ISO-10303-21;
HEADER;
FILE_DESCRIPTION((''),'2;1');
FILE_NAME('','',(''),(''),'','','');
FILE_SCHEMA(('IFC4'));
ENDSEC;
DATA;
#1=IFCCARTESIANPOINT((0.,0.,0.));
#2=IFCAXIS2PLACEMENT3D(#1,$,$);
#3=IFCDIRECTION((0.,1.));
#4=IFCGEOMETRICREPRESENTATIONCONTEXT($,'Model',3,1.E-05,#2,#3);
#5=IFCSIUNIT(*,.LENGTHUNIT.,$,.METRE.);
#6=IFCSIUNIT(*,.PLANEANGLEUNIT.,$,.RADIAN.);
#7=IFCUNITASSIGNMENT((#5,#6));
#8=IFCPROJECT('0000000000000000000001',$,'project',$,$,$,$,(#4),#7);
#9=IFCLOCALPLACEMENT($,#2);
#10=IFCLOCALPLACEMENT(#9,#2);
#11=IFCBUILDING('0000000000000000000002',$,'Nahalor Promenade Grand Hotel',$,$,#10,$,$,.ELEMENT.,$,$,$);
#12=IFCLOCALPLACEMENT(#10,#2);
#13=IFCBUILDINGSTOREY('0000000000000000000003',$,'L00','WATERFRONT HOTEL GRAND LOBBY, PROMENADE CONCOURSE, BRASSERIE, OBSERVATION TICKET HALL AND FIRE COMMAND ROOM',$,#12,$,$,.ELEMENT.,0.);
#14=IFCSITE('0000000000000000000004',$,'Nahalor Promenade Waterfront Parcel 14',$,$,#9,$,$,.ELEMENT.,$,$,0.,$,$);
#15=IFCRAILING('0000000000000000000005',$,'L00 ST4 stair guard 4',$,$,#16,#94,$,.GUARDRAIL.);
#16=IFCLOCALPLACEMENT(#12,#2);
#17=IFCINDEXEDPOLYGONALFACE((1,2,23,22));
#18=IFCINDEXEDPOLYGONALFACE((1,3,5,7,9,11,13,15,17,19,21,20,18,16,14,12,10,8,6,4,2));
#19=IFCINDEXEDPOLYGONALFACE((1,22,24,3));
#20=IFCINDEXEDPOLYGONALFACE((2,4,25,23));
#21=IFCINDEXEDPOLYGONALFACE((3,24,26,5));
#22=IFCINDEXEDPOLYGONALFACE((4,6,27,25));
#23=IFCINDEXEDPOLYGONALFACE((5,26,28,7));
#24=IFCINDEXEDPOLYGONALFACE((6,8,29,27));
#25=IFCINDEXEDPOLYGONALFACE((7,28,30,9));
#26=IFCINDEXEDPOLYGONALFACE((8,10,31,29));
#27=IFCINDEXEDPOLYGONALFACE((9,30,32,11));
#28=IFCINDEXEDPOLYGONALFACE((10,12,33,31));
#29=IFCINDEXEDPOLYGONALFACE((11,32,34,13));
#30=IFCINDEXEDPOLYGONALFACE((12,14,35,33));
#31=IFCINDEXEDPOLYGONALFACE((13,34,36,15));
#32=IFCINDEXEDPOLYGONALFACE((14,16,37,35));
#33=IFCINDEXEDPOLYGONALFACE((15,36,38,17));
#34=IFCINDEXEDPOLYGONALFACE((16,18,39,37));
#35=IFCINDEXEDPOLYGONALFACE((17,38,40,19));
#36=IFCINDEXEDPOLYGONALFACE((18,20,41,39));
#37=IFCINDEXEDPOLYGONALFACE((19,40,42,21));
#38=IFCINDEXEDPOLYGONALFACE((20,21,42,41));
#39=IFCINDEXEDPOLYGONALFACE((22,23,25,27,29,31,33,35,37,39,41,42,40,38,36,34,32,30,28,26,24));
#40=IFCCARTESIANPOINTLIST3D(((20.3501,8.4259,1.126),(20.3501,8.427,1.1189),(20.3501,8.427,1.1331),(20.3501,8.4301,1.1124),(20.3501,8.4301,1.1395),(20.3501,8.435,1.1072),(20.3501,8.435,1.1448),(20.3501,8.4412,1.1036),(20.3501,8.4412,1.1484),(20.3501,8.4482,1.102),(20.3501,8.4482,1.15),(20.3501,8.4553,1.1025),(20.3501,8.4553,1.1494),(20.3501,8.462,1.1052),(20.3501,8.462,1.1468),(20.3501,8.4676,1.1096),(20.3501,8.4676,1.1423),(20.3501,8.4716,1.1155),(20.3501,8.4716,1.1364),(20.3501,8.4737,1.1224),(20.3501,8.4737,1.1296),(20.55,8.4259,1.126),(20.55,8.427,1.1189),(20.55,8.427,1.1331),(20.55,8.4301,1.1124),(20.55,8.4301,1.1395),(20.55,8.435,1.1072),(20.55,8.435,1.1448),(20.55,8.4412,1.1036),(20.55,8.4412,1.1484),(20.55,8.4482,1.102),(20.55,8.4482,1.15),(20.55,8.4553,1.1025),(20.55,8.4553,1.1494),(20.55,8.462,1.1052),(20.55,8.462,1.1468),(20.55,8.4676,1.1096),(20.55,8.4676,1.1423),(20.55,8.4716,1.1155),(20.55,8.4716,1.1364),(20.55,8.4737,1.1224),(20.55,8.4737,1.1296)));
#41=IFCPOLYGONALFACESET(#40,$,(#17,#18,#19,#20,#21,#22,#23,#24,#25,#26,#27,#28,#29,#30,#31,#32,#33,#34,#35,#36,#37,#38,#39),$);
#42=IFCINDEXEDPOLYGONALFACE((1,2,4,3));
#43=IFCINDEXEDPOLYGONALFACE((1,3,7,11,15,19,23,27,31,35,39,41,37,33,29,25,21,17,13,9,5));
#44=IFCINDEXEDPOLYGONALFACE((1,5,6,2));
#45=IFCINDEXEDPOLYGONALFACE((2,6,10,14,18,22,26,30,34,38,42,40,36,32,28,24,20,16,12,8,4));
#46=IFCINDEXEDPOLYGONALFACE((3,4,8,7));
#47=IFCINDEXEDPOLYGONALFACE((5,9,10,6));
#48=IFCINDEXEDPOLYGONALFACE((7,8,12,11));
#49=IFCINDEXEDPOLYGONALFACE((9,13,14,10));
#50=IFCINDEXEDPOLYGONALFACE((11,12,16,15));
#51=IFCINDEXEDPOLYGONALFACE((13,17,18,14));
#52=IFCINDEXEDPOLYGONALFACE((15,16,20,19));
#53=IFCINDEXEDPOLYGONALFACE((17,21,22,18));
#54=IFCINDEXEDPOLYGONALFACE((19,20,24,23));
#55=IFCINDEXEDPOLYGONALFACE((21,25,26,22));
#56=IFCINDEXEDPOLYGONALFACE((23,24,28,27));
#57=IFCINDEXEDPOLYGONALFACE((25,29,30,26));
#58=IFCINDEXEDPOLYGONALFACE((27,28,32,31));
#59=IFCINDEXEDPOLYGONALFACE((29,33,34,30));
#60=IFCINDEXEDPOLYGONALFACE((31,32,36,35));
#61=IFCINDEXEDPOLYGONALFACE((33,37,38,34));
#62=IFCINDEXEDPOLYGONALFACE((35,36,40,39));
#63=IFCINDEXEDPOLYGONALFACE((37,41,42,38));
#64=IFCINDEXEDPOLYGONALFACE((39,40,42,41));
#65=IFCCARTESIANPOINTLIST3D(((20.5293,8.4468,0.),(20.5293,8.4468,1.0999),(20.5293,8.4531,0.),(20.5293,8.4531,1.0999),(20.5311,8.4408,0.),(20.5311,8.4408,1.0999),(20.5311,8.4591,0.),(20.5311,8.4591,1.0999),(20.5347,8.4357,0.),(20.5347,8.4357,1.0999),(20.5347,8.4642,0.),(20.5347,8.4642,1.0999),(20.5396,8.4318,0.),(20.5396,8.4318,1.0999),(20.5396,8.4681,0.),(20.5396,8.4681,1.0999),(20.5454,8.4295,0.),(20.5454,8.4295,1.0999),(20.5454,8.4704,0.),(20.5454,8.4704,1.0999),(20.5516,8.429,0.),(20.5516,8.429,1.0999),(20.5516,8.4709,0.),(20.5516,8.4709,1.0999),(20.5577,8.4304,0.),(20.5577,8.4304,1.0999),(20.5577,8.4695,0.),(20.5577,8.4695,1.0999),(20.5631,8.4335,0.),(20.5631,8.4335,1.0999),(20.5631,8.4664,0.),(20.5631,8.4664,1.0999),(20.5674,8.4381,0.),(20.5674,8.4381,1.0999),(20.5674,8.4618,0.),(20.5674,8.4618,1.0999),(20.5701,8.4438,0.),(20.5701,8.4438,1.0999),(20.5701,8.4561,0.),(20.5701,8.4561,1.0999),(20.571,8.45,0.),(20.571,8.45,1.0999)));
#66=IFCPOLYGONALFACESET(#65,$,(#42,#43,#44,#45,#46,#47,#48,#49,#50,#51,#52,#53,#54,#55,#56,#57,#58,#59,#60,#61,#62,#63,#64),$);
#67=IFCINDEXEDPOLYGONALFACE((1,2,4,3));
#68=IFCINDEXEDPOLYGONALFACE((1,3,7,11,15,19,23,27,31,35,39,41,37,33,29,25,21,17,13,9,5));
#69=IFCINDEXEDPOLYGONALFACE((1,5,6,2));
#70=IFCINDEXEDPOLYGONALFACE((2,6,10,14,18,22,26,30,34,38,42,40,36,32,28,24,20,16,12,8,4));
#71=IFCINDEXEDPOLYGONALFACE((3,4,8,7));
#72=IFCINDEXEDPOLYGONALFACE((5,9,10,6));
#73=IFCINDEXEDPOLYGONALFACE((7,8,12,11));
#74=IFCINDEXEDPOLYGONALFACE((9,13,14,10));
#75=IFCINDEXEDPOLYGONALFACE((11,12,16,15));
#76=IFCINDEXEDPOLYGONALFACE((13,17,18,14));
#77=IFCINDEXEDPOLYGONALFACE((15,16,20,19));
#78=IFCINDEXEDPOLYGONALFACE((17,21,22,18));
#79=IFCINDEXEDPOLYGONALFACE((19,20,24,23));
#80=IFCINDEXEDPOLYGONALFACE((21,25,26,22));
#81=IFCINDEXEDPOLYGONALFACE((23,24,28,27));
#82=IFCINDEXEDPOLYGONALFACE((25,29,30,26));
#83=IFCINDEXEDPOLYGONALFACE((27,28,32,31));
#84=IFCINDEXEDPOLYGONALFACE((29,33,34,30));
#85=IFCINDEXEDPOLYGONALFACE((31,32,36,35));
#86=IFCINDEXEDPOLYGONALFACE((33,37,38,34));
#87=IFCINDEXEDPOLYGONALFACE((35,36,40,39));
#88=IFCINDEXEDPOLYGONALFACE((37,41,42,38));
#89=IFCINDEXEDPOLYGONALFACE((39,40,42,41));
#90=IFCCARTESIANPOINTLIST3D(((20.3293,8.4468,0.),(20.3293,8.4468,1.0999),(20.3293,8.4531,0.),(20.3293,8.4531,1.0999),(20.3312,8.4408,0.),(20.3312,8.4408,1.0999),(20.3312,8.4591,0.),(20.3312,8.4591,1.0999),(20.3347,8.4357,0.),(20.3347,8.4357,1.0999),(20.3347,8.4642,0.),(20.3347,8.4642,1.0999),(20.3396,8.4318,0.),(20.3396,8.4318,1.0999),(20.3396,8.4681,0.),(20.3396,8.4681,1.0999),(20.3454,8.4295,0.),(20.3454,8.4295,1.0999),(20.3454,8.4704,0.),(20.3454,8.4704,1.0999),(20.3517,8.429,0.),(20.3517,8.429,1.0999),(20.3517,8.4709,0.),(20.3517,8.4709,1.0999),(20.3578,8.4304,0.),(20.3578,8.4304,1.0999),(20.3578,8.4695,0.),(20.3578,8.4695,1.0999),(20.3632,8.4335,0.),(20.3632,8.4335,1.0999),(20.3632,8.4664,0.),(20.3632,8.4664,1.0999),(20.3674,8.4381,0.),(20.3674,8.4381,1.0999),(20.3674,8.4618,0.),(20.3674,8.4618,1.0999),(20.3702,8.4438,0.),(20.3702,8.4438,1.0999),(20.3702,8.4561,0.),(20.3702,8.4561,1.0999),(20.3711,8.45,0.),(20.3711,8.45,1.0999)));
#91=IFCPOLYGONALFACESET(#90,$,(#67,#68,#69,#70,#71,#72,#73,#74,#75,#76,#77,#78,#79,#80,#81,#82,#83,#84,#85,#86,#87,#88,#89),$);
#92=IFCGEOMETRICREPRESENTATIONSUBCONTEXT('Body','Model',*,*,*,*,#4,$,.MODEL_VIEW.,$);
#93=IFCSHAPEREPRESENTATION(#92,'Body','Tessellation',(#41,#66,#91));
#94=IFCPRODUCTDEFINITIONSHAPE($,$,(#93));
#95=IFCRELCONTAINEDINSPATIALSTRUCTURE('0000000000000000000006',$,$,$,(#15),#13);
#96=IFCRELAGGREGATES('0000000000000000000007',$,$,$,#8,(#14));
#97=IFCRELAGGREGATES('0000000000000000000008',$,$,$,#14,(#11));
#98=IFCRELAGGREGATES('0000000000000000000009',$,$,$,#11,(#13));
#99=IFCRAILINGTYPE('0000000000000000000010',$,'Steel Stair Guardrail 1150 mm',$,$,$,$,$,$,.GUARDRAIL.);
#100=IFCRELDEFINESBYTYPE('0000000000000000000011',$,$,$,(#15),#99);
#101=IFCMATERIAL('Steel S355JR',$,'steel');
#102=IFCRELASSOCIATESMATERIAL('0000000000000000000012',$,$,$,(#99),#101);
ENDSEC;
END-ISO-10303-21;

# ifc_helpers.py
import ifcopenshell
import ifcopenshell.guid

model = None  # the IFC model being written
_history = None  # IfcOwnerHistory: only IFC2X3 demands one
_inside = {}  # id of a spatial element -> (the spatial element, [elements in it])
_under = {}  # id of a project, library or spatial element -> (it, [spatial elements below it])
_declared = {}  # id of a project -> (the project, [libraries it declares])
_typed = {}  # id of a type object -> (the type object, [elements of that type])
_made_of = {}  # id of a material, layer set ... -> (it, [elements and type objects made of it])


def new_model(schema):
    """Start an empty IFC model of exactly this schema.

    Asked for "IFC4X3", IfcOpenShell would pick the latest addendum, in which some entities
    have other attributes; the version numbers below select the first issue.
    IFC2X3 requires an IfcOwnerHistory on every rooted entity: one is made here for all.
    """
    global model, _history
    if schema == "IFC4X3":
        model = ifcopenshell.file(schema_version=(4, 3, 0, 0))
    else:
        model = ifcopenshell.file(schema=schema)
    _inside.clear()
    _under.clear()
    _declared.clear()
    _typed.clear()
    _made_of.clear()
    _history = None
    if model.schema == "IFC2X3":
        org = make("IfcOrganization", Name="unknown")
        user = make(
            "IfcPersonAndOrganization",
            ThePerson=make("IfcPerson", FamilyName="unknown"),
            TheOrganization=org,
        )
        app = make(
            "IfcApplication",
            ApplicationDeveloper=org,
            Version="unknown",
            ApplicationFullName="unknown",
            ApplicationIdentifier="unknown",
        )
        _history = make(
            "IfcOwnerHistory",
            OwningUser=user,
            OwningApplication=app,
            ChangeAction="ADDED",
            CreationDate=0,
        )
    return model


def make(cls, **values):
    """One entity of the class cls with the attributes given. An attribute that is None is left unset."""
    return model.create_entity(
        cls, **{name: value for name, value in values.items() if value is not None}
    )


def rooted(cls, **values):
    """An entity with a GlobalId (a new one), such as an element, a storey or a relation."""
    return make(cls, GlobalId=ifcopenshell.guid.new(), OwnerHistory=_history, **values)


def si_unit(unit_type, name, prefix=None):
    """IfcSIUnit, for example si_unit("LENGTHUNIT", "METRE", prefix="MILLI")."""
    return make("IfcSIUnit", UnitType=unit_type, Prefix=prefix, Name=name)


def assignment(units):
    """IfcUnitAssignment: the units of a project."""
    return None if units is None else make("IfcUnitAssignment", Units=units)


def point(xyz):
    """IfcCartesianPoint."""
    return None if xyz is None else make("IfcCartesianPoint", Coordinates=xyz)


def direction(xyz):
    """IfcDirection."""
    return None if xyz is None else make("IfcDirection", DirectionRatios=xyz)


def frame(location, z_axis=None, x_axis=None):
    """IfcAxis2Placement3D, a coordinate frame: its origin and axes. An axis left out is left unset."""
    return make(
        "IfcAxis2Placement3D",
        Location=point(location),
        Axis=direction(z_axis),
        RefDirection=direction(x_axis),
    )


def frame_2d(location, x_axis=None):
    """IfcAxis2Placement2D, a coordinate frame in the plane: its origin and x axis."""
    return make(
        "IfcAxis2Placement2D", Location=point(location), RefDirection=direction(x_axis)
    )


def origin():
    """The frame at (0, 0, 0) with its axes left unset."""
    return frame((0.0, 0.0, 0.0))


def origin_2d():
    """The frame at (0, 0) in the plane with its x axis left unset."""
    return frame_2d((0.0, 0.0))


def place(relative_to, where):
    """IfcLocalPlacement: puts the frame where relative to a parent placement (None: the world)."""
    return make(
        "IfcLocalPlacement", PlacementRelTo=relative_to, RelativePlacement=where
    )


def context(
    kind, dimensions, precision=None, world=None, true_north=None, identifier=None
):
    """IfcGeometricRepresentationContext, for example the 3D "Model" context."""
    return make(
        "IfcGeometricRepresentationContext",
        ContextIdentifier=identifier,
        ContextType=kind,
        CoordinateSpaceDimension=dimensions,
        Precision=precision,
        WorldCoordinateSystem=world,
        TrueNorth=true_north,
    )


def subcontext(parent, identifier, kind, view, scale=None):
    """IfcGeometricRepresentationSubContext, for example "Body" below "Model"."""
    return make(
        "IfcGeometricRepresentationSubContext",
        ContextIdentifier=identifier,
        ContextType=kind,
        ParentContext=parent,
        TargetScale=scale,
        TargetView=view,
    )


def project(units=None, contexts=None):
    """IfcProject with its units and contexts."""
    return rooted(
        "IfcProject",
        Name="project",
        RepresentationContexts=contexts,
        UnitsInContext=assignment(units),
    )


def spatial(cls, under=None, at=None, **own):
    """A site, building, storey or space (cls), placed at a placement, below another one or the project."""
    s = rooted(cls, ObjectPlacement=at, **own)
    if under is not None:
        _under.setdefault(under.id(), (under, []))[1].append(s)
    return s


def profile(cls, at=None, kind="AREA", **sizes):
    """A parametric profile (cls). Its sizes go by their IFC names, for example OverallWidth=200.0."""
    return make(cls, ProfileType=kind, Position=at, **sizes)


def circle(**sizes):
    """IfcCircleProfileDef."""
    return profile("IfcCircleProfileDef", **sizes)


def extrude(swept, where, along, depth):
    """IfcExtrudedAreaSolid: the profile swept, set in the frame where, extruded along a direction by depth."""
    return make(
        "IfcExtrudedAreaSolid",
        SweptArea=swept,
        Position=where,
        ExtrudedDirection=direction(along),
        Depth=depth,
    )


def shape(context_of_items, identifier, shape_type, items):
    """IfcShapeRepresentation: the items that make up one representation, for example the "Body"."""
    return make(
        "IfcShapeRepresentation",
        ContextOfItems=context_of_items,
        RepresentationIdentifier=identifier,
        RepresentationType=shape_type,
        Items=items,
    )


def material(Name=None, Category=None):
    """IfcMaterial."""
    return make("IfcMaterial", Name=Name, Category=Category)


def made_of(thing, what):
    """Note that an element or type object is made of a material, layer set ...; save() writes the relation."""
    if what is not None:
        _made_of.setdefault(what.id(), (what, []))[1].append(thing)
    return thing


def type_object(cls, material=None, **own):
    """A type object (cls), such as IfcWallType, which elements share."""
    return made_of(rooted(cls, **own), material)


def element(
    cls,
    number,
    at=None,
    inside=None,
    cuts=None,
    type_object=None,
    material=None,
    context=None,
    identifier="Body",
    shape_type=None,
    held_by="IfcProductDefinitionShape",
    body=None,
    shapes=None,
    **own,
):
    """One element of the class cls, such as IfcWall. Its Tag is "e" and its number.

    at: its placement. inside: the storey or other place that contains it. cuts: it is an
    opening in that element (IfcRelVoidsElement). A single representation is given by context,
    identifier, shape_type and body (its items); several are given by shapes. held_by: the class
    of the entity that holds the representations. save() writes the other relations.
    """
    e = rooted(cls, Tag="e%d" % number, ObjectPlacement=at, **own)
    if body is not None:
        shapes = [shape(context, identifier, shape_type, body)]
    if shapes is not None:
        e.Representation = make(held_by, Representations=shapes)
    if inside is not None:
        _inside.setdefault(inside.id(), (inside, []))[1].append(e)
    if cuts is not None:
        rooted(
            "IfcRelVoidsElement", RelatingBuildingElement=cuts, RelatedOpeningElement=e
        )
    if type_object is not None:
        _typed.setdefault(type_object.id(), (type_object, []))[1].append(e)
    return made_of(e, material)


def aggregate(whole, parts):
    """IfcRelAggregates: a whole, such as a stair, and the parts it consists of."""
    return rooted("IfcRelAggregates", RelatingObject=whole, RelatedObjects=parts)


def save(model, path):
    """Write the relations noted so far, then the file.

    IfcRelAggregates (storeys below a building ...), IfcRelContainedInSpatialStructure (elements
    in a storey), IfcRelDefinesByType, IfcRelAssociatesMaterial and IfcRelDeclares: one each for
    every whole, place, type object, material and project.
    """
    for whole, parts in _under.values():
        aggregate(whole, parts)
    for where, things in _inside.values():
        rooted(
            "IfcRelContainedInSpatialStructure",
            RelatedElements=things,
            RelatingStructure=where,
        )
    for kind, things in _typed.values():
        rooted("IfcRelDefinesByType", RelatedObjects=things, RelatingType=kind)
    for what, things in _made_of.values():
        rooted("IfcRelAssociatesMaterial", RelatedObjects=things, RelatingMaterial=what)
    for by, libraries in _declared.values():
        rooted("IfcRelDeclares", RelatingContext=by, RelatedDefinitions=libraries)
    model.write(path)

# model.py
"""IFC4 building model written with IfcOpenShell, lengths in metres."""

from ifc_helpers import new_model, si_unit, direction, frame, origin, origin_2d, place, context, subcontext, project, spatial, circle, extrude, material, type_object, element, save


model = new_model("IFC4")

# Units and contexts
model_context = context("Model", 3, precision=1e-05, world=origin(), true_north=direction((0.0, 1.0)))
body_context = subcontext(model_context, "Body", "Model", "MODEL_VIEW")
ifc_project = project(units=[si_unit("LENGTHUNIT", "METRE"), si_unit("PLANEANGLEUNIT", "RADIAN")], contexts=[model_context])

# Site, building, storey
site_placement = place(None, origin())
site = spatial("IfcSite", under=ifc_project, at=site_placement, Name="Nahalor Promenade Waterfront Parcel 14", CompositionType="ELEMENT", RefElevation=0.0)
building_placement = place(site_placement, origin())
building = spatial("IfcBuilding", under=site, at=building_placement, Name="Nahalor Promenade Grand Hotel", CompositionType="ELEMENT")
storey_placement = place(building_placement, origin())
storey = spatial("IfcBuildingStorey", under=building, at=storey_placement, Name="L00", Description="WATERFRONT HOTEL GRAND LOBBY, PROMENADE CONCOURSE, BRASSERIE, OBSERVATION TICKET HALL AND FIRE COMMAND ROOM", CompositionType="ELEMENT", Elevation=0.0)

# Shared definitions
ifc_material_1 = material(Name="Steel S355JR", Category="steel")

# Railing
railing_type_1 = type_object("IfcRailingType", Name="Steel Stair Guardrail 1150 mm", PredefinedType="GUARDRAIL", material=ifc_material_1)
railing_1_placement = place(storey_placement, frame((20.55, 8.45, 0.0)))
element("IfcRailing", 1, at=railing_1_placement, inside=storey, type_object=railing_type_1, Name="L00 ST4 stair guard 4", PredefinedType="GUARDRAIL", context=body_context, shape_type="SweptSolid", body=[
    extrude(circle(Radius=0.024, at=origin_2d()), frame((0.0, 0.0, 1.126), z_axis=(-1.0, 0.0, 0.0), x_axis=(0.0, -1.0, 0.0)), (0.0, 0.0, 1.0), 0.2),
    extrude(circle(Radius=0.021, at=origin_2d()), origin(), (0.0, 0.0, 1.0), 1.0999),
    extrude(circle(Radius=0.021, at=origin_2d()), frame((-0.2, 0.0, 0.0)), (0.0, 0.0, 1.0), 1.0999),
])

save(model, "model.ifc")
